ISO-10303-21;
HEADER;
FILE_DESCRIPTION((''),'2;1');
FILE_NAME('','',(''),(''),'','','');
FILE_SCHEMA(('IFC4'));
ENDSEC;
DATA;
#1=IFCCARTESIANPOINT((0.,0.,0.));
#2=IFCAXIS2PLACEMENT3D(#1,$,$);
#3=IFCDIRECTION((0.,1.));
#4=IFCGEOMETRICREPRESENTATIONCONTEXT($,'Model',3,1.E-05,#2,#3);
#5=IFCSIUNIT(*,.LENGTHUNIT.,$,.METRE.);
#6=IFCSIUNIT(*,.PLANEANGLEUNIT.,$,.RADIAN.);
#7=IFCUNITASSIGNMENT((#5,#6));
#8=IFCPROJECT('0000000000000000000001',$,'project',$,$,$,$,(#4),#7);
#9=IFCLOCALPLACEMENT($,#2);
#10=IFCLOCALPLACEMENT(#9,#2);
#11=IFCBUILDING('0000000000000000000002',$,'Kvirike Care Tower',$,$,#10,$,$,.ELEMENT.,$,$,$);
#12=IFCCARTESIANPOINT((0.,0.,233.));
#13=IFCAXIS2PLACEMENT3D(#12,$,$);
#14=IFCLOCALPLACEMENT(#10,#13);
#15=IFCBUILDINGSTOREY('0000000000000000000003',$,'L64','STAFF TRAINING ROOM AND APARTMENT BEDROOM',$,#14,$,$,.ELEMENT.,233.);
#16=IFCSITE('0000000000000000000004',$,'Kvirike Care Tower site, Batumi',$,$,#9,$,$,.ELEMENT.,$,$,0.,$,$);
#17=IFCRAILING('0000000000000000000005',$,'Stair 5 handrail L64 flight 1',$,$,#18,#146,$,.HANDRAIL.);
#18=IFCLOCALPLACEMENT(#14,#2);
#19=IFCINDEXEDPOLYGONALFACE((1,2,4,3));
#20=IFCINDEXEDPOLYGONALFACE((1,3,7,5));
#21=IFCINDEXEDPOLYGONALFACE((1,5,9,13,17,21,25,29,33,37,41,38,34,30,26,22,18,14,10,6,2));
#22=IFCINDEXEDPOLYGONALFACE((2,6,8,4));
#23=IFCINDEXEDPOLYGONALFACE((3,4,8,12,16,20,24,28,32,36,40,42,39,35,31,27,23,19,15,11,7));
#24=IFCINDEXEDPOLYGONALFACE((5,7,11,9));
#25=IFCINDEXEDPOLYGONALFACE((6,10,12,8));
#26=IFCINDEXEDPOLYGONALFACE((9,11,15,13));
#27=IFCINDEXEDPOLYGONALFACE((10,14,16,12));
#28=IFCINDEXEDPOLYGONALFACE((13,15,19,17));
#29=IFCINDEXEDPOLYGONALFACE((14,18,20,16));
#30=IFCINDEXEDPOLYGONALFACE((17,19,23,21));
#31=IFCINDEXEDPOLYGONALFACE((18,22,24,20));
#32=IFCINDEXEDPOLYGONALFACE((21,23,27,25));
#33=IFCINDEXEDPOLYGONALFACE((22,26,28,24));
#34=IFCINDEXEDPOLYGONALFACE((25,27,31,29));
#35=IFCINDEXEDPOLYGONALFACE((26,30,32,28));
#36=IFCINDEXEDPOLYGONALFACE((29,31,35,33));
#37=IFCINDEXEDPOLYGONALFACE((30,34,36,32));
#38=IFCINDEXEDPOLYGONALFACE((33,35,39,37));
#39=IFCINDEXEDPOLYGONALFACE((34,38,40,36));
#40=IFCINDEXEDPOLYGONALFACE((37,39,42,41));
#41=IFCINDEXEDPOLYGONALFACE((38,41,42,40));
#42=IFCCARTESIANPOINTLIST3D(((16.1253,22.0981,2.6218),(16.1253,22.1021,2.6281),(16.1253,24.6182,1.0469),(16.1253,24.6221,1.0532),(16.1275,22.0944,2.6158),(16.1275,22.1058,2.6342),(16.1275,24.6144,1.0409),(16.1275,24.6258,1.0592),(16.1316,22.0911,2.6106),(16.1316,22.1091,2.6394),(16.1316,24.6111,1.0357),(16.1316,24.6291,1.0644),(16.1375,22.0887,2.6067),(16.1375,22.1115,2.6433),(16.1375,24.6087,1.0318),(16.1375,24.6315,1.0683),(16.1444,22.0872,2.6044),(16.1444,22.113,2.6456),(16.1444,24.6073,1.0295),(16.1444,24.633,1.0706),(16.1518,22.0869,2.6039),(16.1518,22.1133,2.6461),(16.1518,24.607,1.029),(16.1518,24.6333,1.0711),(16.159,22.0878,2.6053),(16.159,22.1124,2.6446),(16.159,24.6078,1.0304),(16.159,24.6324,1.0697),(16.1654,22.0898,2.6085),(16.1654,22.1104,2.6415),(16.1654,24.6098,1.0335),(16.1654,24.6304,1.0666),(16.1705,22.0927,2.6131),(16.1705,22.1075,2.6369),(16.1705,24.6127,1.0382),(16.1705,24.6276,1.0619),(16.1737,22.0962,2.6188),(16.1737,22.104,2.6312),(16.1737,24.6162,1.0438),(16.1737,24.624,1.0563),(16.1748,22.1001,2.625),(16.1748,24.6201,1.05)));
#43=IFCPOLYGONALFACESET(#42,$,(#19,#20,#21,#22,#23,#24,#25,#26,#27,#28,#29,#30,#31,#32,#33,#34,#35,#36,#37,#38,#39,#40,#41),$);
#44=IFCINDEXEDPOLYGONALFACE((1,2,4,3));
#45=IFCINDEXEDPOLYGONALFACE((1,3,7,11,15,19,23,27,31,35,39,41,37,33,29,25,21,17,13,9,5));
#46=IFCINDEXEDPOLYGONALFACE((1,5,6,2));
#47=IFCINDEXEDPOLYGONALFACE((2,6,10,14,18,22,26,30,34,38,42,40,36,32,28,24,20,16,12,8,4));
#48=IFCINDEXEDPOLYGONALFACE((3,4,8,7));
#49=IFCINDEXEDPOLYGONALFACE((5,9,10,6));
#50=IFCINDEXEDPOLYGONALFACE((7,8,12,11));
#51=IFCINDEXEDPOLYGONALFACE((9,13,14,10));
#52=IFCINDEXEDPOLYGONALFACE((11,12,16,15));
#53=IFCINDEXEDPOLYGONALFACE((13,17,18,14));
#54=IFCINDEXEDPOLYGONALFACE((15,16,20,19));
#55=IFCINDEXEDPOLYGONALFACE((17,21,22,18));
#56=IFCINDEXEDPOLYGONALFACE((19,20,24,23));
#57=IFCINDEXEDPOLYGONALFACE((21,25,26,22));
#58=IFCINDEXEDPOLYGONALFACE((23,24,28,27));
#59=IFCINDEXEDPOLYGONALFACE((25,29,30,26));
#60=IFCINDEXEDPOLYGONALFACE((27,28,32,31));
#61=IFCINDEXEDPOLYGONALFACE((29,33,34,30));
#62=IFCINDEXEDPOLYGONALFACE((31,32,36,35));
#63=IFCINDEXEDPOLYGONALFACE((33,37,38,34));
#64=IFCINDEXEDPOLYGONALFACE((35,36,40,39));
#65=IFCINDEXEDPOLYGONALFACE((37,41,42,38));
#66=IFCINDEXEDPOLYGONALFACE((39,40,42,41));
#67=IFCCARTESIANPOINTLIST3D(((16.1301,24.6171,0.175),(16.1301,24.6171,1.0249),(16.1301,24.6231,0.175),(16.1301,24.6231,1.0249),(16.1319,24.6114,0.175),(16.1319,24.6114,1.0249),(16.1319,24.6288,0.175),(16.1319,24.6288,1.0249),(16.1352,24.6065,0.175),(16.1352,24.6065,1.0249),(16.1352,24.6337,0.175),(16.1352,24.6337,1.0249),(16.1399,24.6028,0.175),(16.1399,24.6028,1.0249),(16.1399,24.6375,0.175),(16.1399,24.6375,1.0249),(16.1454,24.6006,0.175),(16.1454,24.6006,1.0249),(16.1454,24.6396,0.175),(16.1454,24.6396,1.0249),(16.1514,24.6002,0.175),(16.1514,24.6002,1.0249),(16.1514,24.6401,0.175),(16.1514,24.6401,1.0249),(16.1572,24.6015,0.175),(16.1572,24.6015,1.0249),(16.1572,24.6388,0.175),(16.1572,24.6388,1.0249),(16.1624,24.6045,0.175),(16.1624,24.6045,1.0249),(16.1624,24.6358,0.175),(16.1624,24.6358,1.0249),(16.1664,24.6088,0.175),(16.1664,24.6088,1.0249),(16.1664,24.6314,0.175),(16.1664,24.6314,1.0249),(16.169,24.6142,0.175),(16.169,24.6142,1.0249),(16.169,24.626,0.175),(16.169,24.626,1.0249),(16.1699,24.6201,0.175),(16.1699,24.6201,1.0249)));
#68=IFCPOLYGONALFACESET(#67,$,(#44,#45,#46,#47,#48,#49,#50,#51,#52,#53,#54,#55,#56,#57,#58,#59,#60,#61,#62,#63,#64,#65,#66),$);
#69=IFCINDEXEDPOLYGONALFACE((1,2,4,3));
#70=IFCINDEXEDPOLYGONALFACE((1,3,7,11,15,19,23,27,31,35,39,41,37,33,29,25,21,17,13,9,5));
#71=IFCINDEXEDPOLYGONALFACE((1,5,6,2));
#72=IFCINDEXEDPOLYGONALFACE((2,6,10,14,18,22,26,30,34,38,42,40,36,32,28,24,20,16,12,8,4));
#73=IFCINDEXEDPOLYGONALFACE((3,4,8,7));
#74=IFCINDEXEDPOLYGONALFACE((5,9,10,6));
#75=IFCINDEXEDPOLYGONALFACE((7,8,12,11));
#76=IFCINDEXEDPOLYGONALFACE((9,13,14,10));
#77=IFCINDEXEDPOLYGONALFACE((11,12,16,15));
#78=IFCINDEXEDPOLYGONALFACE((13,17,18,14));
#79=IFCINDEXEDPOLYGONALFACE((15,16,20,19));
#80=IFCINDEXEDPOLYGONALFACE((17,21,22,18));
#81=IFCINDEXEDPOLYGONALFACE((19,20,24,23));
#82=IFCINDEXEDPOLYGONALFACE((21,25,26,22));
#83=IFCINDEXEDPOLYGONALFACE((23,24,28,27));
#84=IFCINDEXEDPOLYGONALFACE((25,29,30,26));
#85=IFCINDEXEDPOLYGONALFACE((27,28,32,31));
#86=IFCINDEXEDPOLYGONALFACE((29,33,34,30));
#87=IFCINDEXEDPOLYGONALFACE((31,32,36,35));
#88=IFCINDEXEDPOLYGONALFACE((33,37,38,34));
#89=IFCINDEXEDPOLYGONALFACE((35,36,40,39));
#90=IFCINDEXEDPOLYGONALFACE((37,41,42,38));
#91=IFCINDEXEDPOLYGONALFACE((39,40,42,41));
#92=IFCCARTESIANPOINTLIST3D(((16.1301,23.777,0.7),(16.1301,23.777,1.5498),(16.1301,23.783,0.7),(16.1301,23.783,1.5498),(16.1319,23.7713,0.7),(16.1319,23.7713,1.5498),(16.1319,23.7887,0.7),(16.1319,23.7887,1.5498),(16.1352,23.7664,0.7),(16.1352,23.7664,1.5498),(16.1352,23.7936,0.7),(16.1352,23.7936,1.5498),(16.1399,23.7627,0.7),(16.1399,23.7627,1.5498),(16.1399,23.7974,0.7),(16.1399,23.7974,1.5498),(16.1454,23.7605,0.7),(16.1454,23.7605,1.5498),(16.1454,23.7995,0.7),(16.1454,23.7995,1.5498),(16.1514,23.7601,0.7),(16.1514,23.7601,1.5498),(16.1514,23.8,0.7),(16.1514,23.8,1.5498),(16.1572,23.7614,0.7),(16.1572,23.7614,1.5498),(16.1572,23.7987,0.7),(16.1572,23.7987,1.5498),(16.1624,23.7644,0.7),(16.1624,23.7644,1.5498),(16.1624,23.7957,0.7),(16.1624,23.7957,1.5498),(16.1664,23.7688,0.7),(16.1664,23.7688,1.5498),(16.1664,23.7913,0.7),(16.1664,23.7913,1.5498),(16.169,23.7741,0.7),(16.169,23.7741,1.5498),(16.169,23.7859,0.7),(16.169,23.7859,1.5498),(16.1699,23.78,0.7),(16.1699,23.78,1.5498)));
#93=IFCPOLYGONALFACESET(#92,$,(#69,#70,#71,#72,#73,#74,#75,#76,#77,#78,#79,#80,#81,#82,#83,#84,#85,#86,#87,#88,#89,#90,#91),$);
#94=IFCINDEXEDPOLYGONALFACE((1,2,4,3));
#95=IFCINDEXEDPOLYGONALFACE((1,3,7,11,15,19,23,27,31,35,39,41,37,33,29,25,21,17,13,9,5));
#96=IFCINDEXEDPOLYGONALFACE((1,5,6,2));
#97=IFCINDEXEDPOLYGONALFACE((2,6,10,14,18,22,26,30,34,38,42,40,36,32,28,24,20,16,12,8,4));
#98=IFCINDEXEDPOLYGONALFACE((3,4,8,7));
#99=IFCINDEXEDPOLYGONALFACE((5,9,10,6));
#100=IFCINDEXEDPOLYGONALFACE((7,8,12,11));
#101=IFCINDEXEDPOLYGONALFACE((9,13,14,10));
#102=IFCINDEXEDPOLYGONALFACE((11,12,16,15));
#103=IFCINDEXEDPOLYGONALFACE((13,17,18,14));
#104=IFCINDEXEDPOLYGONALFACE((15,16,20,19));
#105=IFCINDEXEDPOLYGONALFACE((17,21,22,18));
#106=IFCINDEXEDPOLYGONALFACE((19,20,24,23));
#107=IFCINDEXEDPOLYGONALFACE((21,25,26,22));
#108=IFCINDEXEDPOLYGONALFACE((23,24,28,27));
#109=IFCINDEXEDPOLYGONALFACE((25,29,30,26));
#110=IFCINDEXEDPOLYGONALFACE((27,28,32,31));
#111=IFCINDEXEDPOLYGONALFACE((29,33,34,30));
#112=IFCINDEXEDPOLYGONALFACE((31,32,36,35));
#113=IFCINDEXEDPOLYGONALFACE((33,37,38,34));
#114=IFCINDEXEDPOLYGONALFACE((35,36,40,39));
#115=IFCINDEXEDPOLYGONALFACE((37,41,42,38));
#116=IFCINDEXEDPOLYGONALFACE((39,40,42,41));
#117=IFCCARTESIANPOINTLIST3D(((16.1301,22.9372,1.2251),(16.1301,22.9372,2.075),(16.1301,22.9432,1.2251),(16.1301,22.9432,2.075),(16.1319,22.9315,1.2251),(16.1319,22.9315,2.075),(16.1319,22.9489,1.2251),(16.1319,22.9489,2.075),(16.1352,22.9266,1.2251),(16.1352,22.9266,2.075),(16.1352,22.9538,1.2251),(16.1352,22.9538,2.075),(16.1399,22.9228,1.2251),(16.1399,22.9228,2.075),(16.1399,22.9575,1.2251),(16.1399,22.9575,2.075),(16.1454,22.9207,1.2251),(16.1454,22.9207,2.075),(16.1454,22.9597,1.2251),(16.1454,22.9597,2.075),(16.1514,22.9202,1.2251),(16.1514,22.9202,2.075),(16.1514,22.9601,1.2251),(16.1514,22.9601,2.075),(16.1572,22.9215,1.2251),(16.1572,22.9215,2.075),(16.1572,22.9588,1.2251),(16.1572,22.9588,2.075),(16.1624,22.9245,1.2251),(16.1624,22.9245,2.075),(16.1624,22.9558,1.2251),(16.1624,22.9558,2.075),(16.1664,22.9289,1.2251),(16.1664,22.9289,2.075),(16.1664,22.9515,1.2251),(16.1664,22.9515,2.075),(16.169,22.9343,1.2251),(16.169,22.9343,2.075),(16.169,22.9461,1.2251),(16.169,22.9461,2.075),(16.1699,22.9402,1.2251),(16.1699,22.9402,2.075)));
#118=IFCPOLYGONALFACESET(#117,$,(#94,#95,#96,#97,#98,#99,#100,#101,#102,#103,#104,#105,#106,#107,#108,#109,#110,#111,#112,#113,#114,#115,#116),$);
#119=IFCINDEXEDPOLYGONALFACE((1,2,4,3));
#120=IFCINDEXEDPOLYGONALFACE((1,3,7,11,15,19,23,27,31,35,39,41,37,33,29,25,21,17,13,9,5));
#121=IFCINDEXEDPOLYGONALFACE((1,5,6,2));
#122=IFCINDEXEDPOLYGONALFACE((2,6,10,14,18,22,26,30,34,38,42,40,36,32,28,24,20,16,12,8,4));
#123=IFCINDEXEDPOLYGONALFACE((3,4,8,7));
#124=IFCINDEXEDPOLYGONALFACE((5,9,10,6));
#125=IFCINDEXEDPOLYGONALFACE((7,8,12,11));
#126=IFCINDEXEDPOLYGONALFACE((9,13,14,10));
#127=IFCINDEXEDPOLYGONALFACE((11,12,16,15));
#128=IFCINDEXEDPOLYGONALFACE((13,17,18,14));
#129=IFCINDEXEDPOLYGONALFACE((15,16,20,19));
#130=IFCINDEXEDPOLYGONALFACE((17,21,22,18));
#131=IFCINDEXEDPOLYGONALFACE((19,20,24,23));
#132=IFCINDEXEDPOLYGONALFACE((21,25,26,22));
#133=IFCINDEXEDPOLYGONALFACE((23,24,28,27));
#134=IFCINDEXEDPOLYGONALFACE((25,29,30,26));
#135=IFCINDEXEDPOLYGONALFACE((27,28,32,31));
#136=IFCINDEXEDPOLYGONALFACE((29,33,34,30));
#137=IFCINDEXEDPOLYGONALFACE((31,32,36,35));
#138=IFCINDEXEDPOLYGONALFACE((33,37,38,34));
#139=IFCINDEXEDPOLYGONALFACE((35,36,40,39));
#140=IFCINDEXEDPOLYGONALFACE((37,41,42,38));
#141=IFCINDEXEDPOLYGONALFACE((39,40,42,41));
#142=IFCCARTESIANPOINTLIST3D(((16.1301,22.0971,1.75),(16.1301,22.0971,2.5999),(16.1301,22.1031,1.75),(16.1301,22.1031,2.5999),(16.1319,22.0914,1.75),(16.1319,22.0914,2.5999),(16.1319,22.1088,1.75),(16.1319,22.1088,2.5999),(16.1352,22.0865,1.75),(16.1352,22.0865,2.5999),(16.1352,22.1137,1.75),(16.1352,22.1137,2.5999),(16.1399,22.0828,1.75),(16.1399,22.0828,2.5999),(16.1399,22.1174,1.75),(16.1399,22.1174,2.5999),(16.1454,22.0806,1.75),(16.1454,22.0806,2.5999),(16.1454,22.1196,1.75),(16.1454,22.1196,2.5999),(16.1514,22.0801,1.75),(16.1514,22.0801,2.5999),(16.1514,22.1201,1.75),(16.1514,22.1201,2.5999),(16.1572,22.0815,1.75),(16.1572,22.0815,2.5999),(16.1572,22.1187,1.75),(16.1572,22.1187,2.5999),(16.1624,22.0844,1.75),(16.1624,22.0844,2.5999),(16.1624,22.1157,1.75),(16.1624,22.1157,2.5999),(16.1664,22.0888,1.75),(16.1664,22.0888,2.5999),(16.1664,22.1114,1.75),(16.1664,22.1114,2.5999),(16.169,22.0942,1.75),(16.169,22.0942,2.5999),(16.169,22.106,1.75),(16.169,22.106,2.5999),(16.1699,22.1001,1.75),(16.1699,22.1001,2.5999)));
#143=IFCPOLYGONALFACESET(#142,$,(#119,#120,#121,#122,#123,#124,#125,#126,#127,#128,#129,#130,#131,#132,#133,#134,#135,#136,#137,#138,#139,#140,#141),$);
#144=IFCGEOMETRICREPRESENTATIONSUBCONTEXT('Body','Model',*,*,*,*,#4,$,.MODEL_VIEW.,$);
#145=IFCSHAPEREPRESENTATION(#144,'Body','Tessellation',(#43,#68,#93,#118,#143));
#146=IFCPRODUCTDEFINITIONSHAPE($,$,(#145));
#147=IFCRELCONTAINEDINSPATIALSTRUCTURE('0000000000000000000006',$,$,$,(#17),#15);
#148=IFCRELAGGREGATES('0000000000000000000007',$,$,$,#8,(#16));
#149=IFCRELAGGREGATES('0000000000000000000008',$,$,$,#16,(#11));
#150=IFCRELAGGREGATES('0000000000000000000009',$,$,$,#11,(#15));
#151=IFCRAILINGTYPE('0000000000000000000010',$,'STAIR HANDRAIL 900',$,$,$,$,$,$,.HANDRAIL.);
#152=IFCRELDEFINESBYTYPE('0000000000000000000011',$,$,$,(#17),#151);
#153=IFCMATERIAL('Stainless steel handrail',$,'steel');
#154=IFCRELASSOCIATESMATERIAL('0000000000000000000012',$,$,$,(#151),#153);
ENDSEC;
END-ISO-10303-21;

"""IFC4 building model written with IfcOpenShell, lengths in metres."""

from ifc_helpers import new_model, si_unit, direction, frame, origin, origin_2d, place, context, subcontext, project, spatial, circle, extrude, material, type_object, element, save


model = new_model("IFC4")

# Units and contexts
model_context = context("Model", 3, precision=1e-05, world=origin(), true_north=direction((0.0, 1.0)))
body_context = subcontext(model_context, "Body", "Model", "MODEL_VIEW")
ifc_project = project(units=[si_unit("LENGTHUNIT", "METRE"), si_unit("PLANEANGLEUNIT", "RADIAN")], contexts=[model_context])

# Site, building, storey
site_placement = place(None, origin())
site = spatial("IfcSite", under=ifc_project, at=site_placement, Name="Kvirike Care Tower site, Batumi", CompositionType="ELEMENT", RefElevation=0.0)
building_placement = place(site_placement, origin())
building = spatial("IfcBuilding", under=site, at=building_placement, Name="Kvirike Care Tower", CompositionType="ELEMENT")
storey_placement = place(building_placement, frame((0.0, 0.0, 233.0)))
storey = spatial("IfcBuildingStorey", under=building, at=storey_placement, Name="L64", Description="STAFF TRAINING ROOM AND APARTMENT BEDROOM", CompositionType="ELEMENT", Elevation=233.0)

# Railing
ifc_material_1 = material(Name="Stainless steel handrail", Category="steel")
railing_type = type_object("IfcRailingType", Name="STAIR HANDRAIL 900", PredefinedType="HANDRAIL", material=ifc_material_1)
railing_1_placement = place(storey_placement, frame((16.1499, 24.6201, 0.175)))
element("IfcRailing", 1, at=railing_1_placement, inside=storey, type_object=railing_type, Name="Stair 5 handrail L64 flight 1", PredefinedType="HANDRAIL", context=body_context, shape_type="SweptSolid", body=[
    extrude(circle(Radius=0.0249, at=origin_2d()), frame((0.0, 0.0, 0.875), z_axis=(0.0, -0.848008, 0.529984), x_axis=(1.0, 0.0, 0.0)), (0.0, 0.0, 1.0), 2.9717),
    extrude(circle(Radius=0.02, at=origin_2d()), origin(), (0.0, 0.0, 1.0), 0.8499),
    extrude(circle(Radius=0.02, at=origin_2d()), frame((0.0, -0.8401, 0.5249)), (0.0, 0.0, 1.0), 0.8499),
    extrude(circle(Radius=0.02, at=origin_2d()), frame((0.0, -1.6799, 1.05)), (0.0, 0.0, 1.0), 0.8499),
    extrude(circle(Radius=0.02, at=origin_2d()), frame((0.0, -2.52, 1.575)), (0.0, 0.0, 1.0), 0.8499),
])

save(model, "model.ifc")
